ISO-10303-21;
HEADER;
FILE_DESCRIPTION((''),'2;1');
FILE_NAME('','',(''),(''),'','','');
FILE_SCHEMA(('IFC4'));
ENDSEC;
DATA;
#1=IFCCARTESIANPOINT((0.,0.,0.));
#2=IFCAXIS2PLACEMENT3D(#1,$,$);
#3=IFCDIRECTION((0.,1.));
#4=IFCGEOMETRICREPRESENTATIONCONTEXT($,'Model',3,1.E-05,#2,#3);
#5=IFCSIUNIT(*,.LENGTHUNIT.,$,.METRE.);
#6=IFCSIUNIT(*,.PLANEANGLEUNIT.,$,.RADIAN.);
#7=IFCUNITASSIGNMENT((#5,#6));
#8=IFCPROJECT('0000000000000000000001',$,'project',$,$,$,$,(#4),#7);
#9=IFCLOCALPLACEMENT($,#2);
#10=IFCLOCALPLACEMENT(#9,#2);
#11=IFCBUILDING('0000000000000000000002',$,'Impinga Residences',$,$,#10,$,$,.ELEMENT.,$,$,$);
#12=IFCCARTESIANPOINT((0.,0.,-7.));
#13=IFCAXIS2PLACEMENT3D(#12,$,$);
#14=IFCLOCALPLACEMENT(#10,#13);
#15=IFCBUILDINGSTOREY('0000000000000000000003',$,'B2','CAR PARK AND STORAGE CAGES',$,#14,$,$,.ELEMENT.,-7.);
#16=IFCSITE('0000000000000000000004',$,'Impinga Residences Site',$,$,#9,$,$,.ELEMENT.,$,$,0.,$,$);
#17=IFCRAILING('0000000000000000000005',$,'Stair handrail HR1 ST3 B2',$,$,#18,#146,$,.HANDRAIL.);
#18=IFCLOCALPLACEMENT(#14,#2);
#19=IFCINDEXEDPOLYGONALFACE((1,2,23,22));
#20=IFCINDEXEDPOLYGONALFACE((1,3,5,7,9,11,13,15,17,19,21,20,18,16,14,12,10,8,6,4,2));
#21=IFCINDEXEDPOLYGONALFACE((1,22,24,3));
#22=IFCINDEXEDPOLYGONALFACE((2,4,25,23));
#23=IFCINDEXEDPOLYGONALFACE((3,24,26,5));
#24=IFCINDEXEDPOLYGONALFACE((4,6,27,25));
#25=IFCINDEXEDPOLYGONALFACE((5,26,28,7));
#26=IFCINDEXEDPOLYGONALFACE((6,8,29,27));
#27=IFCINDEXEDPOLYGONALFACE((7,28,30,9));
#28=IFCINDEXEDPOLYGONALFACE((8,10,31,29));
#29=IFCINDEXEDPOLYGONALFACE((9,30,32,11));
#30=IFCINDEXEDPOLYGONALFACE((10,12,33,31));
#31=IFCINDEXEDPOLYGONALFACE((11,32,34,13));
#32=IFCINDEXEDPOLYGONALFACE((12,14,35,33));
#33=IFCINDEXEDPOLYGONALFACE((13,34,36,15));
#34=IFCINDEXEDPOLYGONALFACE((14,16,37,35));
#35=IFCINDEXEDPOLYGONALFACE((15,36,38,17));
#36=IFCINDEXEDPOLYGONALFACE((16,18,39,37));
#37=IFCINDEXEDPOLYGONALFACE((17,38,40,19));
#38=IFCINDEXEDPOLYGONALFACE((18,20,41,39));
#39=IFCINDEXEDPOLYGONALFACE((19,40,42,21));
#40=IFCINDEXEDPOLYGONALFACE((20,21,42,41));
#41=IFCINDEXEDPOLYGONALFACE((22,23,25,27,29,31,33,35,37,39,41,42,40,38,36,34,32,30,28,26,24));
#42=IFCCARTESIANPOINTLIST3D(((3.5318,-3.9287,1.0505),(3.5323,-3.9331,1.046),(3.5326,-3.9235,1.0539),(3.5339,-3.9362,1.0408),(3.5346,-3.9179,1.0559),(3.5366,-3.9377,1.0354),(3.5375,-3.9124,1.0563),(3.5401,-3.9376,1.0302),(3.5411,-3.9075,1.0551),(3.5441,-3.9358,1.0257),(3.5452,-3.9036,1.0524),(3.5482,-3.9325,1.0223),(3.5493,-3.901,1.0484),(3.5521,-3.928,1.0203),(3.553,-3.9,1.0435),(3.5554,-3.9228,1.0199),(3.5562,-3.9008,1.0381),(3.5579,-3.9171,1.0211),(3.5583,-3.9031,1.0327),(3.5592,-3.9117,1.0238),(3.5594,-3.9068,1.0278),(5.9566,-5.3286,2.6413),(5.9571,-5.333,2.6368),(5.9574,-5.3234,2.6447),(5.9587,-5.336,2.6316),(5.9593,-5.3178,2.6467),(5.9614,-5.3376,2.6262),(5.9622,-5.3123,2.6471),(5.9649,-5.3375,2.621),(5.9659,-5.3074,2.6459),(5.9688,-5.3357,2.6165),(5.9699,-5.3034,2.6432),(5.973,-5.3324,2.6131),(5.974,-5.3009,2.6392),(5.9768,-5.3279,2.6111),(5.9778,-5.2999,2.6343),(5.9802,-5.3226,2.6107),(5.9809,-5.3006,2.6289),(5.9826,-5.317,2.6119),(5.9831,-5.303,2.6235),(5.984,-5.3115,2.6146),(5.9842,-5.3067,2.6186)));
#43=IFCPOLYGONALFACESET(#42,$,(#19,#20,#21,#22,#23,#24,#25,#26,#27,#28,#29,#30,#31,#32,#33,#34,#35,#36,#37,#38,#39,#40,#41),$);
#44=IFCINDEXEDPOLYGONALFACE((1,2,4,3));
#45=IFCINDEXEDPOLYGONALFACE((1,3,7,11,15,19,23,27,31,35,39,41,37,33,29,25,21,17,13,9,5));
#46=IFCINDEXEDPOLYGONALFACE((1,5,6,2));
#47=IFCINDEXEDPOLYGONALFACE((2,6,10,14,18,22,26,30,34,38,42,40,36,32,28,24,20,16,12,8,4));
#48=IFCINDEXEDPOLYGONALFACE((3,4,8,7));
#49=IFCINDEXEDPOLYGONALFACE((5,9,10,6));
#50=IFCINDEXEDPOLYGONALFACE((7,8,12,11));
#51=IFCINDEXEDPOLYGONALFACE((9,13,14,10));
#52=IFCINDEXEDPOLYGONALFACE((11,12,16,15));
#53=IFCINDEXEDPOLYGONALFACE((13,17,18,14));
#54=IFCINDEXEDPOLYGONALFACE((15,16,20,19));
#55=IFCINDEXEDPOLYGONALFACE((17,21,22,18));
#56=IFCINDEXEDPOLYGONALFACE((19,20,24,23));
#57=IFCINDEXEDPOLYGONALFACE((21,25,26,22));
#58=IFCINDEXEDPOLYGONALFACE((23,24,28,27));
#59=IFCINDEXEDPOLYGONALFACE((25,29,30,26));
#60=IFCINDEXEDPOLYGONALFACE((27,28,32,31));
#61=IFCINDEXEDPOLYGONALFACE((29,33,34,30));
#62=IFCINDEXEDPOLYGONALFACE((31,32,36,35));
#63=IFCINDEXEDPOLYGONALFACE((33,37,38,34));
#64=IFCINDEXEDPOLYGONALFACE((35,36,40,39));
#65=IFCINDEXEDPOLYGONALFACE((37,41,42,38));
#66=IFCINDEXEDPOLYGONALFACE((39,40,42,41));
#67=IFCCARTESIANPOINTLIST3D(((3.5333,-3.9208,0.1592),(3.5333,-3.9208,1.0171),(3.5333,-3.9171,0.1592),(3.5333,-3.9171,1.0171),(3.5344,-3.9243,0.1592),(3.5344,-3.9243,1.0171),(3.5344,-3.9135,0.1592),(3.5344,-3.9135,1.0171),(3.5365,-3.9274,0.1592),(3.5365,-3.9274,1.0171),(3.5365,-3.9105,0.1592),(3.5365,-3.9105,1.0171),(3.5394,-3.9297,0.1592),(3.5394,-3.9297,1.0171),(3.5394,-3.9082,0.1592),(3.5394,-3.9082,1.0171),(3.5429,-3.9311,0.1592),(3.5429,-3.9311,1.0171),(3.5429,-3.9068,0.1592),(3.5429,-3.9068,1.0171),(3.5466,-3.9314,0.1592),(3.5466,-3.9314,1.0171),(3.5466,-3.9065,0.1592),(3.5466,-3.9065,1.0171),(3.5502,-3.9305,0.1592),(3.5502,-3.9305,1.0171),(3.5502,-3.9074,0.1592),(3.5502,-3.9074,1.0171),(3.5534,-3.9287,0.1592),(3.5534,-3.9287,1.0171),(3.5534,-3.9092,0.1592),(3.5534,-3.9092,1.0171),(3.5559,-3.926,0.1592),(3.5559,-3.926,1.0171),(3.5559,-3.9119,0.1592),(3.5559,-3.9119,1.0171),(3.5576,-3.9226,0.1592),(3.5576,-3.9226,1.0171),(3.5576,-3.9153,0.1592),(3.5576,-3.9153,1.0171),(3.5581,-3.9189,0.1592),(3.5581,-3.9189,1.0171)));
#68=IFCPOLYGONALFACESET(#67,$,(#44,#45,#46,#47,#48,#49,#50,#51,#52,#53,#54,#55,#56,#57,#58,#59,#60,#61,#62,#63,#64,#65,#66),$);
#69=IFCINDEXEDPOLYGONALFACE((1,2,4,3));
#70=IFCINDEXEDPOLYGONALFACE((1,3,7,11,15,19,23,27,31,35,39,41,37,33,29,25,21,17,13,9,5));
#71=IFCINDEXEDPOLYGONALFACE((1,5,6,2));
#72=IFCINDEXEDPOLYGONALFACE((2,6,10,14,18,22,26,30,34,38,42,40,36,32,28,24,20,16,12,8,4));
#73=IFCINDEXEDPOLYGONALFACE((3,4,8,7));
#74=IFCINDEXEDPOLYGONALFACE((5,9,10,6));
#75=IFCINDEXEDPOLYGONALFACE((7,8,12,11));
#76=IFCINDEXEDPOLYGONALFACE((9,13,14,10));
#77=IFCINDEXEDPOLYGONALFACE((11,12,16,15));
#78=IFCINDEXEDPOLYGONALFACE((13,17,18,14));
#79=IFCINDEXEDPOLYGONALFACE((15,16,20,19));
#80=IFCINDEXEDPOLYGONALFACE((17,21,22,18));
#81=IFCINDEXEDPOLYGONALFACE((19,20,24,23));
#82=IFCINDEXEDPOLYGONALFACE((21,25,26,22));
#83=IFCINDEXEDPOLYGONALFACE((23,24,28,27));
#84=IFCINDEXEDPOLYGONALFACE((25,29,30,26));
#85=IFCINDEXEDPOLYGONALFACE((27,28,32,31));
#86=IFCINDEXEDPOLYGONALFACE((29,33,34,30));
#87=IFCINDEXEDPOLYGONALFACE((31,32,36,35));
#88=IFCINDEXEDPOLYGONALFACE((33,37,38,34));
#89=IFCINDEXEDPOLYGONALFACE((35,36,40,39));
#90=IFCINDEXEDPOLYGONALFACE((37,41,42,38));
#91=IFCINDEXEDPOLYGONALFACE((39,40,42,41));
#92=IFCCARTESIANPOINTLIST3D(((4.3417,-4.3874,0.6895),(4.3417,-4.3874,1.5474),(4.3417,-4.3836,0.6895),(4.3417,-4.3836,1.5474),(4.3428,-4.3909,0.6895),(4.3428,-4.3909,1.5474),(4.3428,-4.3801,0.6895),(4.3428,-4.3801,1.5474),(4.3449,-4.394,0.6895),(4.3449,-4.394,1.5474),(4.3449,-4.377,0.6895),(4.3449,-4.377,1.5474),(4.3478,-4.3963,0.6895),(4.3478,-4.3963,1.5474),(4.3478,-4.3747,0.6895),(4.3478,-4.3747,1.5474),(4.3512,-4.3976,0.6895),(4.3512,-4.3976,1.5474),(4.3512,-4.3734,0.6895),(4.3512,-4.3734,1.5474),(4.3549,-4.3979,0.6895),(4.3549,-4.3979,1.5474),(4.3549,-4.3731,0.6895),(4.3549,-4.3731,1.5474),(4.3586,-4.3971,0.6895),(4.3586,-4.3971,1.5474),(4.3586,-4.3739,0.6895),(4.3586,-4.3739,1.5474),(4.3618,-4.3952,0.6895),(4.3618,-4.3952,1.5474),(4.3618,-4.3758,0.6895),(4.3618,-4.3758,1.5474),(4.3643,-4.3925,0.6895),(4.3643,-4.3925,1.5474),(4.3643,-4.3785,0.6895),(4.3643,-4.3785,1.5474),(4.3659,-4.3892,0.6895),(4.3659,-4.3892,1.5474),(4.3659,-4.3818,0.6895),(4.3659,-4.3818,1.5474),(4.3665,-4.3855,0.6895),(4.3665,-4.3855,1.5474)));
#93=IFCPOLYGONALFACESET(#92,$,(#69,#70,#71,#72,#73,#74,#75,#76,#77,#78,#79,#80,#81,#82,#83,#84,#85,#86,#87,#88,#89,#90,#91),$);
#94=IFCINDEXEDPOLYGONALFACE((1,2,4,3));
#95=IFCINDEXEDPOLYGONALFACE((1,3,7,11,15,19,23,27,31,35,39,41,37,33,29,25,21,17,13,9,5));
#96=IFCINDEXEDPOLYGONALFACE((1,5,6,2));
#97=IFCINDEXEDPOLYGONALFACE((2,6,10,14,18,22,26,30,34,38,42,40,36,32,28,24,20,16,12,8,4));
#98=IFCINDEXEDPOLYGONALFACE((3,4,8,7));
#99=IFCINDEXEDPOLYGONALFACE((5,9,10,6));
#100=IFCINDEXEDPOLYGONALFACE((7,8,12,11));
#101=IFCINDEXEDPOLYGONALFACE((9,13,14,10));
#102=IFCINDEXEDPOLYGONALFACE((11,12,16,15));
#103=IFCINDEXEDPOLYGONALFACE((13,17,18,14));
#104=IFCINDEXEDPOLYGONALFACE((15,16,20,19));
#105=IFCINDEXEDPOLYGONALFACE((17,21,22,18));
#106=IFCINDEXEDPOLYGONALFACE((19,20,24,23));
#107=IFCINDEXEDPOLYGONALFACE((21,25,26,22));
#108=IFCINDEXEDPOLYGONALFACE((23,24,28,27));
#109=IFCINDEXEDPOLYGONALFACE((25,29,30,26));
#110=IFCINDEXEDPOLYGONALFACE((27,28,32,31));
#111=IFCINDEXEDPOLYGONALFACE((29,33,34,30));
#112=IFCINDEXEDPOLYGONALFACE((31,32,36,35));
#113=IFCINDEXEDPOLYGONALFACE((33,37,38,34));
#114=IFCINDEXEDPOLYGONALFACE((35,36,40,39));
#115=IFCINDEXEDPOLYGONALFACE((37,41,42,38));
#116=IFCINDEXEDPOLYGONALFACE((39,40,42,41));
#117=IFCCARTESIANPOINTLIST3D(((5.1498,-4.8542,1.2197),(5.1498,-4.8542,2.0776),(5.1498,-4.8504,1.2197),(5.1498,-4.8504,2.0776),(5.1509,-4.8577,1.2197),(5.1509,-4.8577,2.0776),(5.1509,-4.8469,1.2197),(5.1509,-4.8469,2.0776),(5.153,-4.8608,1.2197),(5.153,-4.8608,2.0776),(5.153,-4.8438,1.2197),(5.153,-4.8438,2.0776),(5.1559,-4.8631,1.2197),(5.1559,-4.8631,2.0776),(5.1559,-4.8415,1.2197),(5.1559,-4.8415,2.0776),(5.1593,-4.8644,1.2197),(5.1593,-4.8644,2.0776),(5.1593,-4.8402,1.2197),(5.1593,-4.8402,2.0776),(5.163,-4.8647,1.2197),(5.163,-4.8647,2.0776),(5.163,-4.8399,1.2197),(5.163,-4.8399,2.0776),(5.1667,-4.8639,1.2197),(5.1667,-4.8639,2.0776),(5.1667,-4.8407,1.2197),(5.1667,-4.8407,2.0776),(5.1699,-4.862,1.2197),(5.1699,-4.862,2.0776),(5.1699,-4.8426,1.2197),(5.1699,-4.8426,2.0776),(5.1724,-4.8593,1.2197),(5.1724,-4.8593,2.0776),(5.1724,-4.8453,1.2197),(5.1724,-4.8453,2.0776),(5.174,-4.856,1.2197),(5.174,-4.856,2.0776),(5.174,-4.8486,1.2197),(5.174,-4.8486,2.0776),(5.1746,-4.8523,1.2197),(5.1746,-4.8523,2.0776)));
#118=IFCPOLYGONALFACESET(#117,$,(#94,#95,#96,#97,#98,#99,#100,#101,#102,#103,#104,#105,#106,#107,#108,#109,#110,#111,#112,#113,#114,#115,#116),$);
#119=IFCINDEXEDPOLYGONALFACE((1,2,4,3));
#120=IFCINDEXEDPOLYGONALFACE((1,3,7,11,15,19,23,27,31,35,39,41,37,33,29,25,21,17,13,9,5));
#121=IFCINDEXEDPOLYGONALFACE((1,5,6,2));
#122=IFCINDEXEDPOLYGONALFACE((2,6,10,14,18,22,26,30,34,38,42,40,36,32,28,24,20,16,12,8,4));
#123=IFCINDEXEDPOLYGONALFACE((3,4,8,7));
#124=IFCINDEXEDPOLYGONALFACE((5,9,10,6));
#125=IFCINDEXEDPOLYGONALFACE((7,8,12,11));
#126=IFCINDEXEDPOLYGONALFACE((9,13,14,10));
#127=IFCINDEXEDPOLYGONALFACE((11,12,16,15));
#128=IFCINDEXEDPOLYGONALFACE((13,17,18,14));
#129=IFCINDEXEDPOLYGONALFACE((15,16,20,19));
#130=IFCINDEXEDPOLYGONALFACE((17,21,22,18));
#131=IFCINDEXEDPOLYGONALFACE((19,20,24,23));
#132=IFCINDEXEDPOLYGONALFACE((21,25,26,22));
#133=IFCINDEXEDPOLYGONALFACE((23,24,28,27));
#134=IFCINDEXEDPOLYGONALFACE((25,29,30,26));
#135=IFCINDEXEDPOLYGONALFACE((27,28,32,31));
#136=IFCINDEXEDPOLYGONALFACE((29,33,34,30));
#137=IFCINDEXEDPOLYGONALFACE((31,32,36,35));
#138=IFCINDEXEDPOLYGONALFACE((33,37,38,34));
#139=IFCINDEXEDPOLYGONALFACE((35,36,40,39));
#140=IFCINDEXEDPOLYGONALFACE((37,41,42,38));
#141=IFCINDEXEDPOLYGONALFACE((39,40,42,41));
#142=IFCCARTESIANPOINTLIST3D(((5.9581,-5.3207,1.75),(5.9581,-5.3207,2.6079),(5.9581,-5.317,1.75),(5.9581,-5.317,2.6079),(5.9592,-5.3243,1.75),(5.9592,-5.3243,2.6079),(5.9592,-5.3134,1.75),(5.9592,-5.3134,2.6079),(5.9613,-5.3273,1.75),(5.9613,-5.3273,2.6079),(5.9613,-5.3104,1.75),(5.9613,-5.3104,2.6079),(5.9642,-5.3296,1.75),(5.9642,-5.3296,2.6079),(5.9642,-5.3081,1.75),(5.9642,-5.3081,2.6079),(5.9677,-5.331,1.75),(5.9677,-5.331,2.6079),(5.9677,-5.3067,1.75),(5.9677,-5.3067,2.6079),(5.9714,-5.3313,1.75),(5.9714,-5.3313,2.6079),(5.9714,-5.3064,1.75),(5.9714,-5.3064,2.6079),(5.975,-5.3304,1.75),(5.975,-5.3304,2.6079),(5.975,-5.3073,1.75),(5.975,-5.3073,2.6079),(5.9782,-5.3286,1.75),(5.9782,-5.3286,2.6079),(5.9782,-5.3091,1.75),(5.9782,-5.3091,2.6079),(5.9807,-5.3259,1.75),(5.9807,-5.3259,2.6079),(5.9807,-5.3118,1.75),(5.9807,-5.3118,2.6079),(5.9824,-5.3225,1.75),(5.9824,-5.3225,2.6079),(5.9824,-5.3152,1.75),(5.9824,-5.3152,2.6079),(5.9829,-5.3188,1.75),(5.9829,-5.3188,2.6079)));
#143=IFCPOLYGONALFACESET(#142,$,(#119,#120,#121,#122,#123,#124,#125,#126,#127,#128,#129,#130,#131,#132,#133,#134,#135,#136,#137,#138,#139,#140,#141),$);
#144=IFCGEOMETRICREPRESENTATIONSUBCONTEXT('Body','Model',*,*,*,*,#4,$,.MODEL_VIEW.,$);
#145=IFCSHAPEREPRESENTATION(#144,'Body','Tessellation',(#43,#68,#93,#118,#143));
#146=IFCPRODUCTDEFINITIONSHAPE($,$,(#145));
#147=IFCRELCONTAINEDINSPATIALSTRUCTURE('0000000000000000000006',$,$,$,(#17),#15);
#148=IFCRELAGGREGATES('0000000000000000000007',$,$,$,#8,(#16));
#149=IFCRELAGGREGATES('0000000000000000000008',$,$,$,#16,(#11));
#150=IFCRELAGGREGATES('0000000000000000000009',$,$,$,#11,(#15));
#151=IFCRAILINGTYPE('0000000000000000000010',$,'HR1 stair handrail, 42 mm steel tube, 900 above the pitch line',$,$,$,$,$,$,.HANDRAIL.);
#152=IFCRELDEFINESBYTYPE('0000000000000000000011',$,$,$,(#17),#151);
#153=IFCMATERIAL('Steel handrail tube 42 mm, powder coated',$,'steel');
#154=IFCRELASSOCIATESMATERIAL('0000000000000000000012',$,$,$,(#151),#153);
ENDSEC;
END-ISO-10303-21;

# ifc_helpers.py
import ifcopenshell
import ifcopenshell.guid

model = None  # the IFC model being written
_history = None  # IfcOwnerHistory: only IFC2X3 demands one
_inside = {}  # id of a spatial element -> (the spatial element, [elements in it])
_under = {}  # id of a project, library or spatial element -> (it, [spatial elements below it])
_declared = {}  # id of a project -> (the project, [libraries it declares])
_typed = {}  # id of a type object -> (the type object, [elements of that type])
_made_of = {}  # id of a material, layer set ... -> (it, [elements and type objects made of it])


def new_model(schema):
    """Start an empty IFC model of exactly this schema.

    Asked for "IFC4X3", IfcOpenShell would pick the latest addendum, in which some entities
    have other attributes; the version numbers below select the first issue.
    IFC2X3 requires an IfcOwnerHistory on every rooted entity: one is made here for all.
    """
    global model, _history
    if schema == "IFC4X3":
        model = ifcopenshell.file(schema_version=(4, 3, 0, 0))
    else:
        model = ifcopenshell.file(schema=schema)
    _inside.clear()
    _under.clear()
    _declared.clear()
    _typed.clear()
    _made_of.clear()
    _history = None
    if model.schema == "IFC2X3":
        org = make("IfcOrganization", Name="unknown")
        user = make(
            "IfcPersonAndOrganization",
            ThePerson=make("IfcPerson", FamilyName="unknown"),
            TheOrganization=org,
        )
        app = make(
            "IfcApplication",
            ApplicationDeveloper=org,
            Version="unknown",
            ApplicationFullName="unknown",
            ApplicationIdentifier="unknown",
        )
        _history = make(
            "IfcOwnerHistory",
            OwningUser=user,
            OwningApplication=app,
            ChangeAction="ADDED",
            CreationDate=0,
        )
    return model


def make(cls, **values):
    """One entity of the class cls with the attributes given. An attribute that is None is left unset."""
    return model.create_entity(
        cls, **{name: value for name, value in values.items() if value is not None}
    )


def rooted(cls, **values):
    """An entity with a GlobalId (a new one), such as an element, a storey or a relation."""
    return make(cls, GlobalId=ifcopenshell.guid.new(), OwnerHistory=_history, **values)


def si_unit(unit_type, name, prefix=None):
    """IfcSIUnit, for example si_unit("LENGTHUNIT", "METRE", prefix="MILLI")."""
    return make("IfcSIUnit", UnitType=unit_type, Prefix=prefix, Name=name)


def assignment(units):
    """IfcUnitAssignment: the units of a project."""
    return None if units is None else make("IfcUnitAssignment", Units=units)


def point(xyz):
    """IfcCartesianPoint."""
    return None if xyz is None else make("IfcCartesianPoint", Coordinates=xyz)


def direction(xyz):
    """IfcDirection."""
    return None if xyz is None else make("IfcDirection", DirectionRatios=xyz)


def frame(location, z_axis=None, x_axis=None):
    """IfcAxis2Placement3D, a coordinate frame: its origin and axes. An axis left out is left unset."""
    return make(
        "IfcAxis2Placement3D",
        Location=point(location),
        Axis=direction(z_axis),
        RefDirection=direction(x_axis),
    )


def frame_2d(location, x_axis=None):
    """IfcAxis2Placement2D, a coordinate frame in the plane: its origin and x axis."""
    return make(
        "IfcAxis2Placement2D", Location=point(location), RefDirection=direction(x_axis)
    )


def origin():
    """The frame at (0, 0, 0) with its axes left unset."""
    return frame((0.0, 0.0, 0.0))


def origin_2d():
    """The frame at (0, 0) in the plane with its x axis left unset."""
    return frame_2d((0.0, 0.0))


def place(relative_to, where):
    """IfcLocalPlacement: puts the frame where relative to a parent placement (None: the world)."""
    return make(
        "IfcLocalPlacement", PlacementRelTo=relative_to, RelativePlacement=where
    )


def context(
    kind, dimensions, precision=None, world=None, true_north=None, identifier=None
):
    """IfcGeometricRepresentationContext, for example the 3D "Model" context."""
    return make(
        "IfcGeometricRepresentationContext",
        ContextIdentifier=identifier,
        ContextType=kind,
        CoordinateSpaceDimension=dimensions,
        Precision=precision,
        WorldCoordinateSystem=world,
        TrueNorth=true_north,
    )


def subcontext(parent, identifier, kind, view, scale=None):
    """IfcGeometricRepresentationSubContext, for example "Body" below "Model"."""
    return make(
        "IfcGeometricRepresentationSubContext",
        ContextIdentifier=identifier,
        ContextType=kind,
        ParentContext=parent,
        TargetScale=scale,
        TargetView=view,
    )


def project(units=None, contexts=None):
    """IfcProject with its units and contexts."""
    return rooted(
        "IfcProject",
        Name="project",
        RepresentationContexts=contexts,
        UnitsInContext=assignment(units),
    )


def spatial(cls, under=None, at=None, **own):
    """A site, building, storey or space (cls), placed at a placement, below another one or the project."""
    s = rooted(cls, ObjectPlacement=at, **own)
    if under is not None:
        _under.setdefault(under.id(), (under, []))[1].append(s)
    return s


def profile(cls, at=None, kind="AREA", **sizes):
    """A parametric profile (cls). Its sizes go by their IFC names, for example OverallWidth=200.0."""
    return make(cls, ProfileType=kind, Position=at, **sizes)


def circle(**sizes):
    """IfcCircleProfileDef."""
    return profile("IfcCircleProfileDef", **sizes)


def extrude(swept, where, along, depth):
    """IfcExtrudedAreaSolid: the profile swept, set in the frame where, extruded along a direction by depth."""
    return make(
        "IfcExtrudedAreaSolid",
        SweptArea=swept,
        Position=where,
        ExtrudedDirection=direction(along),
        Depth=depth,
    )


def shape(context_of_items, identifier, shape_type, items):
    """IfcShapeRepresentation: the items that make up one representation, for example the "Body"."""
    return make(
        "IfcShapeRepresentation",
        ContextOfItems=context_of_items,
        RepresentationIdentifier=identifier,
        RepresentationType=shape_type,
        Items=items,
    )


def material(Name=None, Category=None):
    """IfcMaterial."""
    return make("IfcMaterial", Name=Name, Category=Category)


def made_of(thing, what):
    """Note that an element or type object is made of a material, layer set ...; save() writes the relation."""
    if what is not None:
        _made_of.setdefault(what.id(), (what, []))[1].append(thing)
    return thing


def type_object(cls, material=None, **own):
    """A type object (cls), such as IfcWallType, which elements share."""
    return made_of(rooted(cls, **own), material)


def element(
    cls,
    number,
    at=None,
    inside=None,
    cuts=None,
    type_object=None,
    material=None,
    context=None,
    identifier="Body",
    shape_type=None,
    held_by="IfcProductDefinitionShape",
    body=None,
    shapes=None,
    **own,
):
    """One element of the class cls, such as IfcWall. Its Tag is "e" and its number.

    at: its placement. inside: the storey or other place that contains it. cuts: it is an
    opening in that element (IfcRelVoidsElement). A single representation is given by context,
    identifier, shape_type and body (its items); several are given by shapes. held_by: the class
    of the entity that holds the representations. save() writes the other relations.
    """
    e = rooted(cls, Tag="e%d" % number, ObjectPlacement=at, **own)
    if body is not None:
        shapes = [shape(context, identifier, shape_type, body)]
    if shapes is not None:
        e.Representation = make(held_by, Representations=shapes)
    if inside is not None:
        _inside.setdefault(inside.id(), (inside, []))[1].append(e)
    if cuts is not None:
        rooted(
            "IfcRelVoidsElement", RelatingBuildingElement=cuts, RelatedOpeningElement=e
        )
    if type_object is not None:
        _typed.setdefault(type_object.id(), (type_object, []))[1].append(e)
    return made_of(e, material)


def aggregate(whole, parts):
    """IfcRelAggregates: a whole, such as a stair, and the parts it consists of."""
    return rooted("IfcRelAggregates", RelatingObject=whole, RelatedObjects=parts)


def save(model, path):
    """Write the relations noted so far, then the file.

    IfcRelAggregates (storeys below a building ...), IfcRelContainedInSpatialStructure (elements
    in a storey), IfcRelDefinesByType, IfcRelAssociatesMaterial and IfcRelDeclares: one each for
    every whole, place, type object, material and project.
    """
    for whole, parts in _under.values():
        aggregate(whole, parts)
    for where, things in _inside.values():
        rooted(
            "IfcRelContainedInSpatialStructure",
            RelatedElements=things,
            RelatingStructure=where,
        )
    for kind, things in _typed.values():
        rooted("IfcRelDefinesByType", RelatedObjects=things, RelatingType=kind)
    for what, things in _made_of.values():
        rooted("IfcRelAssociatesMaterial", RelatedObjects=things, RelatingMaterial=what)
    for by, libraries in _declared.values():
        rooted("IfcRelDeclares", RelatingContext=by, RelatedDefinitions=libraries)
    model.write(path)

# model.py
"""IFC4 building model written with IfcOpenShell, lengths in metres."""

from ifc_helpers import new_model, si_unit, direction, frame, origin, origin_2d, place, context, subcontext, project, spatial, circle, extrude, material, type_object, element, save


model = new_model("IFC4")

# Units and contexts
model_context = context("Model", 3, precision=1e-05, world=origin(), true_north=direction((0.0, 1.0)))
body_context = subcontext(model_context, "Body", "Model", "MODEL_VIEW")
ifc_project = project(units=[si_unit("LENGTHUNIT", "METRE"), si_unit("PLANEANGLEUNIT", "RADIAN")], contexts=[model_context])

# Site, building, storey
site_placement = place(None, origin())
site = spatial("IfcSite", under=ifc_project, at=site_placement, Name="Impinga Residences Site", CompositionType="ELEMENT", RefElevation=0.0)
building_placement = place(site_placement, origin())
building = spatial("IfcBuilding", under=site, at=building_placement, Name="Impinga Residences", CompositionType="ELEMENT")
storey_placement = place(building_placement, frame((0.0, 0.0, -7.0)))
storey = spatial("IfcBuildingStorey", under=building, at=storey_placement, Name="B2", Description="CAR PARK AND STORAGE CAGES", CompositionType="ELEMENT", Elevation=-7.0)

# Railing
ifc_material_1 = material(Name="Steel handrail tube 42 mm, powder coated", Category="steel")
railing_type = type_object("IfcRailingType", Name="HR1 stair handrail, 42 mm steel tube, 900 above the pitch line", PredefinedType="HANDRAIL", material=ifc_material_1)
railing_1_placement = place(storey_placement, frame((3.5457, -3.9189, 0.1592)))
element("IfcRailing", 1, at=railing_1_placement, inside=storey, type_object=railing_type, Name="Stair handrail HR1 ST3 B2", PredefinedType="HANDRAIL", context=body_context, shape_type="SweptSolid", body=[
    extrude(circle(Radius=0.021, at=origin_2d()), frame((0.0, 0.0, 0.8789), z_axis=(0.752983, -0.434716, 0.494003), x_axis=(0.499984, 0.866035, 0.0)), (0.0, 0.0, 1.0), 3.2202),
    extrude(circle(Radius=0.0125, at=origin_2d()), origin(), (0.0, 0.0, 1.0), 0.8579),
    extrude(circle(Radius=0.0125, at=origin_2d()), frame((0.8083, -0.4666, 0.5303)), (0.0, 0.0, 1.0), 0.8579),
    extrude(circle(Radius=0.0125, at=origin_2d()), frame((1.6165, -0.9333, 1.0605)), (0.0, 0.0, 1.0), 0.8579),
    extrude(circle(Radius=0.0125, at=origin_2d()), frame((2.4248, -1.3999, 1.5908)), (0.0, 0.0, 1.0), 0.8579),
])

save(model, "model.ifc")
